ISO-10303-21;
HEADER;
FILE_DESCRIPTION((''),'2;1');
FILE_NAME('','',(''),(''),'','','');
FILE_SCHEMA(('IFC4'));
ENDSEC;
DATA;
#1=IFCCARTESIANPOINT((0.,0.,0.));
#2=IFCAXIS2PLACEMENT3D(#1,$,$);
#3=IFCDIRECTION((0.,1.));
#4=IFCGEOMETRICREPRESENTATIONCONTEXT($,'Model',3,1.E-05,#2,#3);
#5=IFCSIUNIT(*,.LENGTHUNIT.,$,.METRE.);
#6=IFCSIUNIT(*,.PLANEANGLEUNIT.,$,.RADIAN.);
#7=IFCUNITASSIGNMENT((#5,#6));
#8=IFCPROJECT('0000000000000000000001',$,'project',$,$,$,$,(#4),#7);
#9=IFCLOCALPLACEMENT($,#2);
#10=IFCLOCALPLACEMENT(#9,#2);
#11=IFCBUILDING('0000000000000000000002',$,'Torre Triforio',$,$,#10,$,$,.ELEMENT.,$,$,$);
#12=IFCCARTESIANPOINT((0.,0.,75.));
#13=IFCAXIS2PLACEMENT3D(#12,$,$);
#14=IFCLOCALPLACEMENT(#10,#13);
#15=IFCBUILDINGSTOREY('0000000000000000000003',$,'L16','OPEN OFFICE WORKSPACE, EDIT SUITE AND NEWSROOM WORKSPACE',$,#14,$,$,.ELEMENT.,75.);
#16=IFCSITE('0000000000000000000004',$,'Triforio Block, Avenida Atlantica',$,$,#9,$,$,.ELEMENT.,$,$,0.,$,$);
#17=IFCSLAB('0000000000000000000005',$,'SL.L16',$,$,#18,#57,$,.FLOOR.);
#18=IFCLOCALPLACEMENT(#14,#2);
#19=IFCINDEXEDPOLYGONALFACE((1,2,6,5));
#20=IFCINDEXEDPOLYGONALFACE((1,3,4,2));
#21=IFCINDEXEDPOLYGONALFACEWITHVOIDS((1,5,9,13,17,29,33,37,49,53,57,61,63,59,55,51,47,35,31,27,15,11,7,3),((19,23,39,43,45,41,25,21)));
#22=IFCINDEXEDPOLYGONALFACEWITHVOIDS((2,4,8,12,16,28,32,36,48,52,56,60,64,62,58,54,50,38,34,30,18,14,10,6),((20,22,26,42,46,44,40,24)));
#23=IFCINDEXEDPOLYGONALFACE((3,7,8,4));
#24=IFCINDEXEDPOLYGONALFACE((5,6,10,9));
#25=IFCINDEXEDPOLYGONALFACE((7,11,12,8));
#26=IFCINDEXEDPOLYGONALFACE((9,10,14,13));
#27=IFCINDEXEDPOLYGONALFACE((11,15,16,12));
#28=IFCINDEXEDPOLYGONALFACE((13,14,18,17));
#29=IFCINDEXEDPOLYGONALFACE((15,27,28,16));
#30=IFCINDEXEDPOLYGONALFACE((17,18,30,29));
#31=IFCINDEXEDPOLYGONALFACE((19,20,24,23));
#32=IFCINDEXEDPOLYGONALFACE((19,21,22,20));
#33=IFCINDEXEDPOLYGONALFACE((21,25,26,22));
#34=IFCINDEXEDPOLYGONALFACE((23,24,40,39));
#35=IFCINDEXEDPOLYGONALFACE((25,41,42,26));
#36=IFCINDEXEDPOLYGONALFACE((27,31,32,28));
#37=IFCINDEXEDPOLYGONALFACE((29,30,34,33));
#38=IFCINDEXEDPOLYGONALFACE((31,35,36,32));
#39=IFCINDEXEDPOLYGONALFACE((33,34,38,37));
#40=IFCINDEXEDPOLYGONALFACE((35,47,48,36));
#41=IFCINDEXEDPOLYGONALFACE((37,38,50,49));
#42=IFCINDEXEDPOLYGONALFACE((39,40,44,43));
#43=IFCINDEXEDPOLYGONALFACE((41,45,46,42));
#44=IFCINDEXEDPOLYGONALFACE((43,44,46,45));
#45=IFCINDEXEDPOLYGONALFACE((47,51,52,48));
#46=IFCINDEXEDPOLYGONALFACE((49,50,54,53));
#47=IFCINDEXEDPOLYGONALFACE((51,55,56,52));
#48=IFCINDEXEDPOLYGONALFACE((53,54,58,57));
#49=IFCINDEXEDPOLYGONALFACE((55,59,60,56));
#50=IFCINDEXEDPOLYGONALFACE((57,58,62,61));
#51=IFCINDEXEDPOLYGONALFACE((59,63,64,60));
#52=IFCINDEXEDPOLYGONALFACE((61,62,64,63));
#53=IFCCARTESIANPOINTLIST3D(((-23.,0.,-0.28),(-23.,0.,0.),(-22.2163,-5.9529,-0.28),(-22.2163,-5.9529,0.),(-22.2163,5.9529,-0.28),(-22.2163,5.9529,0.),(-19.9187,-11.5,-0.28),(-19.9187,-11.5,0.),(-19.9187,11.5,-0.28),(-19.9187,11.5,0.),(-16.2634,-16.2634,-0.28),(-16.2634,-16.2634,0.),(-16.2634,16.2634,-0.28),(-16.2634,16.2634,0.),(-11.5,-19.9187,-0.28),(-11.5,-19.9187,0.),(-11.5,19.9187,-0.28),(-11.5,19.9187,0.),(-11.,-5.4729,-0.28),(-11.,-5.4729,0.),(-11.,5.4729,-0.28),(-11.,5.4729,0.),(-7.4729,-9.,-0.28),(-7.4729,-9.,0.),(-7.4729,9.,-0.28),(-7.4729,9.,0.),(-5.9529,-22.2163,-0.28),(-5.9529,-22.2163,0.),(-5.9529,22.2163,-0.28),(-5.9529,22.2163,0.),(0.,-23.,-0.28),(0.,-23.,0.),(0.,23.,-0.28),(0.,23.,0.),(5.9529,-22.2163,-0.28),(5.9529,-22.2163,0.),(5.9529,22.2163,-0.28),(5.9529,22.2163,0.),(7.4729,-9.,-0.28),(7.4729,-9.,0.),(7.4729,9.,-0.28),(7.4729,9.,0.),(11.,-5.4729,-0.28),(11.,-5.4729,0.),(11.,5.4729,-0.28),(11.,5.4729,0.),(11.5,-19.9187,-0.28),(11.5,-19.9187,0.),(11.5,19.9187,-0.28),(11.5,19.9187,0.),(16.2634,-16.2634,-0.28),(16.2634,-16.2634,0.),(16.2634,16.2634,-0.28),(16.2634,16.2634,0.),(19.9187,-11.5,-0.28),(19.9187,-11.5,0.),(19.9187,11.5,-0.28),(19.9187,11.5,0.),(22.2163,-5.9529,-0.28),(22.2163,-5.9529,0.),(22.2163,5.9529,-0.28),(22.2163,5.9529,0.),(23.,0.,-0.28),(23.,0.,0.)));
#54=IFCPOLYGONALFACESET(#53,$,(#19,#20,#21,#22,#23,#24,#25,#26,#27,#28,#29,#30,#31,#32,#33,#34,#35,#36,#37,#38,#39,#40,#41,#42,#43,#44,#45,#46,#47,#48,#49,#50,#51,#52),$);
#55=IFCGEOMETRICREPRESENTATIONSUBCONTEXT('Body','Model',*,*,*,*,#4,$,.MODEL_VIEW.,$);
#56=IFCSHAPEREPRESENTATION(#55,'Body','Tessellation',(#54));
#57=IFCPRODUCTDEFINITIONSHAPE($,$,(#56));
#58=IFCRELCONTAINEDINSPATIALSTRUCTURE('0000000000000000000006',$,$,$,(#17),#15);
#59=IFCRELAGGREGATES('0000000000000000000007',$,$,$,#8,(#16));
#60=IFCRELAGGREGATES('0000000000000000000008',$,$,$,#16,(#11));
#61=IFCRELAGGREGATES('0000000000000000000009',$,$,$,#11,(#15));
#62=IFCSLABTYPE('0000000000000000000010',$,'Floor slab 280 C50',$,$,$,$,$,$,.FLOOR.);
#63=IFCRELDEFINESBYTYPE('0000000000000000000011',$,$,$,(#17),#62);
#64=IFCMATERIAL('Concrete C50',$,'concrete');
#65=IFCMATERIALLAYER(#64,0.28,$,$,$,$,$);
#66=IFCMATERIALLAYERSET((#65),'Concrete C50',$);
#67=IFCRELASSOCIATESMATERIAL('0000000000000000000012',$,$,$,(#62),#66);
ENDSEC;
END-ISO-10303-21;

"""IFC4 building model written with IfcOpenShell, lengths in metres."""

from ifc_helpers import new_model, si_unit, direction, frame, origin, place, context, subcontext, project, spatial, polyline, outline, extrude, material, layer, layer_set, type_object, element, save


model = new_model("IFC4")

# Units and contexts
model_context = context("Model", 3, precision=1e-05, world=origin(), true_north=direction((0.0, 1.0)))
body_context = subcontext(model_context, "Body", "Model", "MODEL_VIEW")
ifc_project = project(units=[si_unit("LENGTHUNIT", "METRE"), si_unit("PLANEANGLEUNIT", "RADIAN")], contexts=[model_context])

# Site, building, storey
site_placement = place(None, origin())
site = spatial("IfcSite", under=ifc_project, at=site_placement, Name="Triforio Block, Avenida Atlantica", CompositionType="ELEMENT", RefElevation=0.0)
building_placement = place(site_placement, origin())
building = spatial("IfcBuilding", under=site, at=building_placement, Name="Torre Triforio", CompositionType="ELEMENT")
storey_placement = place(building_placement, frame((0.0, 0.0, 75.0)))
storey = spatial("IfcBuildingStorey", under=building, at=storey_placement, Name="L16", Description="OPEN OFFICE WORKSPACE, EDIT SUITE AND NEWSROOM WORKSPACE", CompositionType="ELEMENT", Elevation=75.0)

# Slab
ifc_material_1 = material(Name="Concrete C50", Category="concrete")
ifc_layer_1 = layer(ifc_material_1, 0.28)
ifc_layer_set_1 = layer_set([ifc_layer_1], Name="Concrete C50")
slab_type_1 = type_object("IfcSlabType", Name="Floor slab 280 C50", PredefinedType="FLOOR", material=ifc_layer_set_1)
slab_1_placement = place(storey_placement, frame((0.0, 0.0, -0.28)))
element("IfcSlab", 1, at=slab_1_placement, inside=storey, type_object=slab_type_1, Name="SL.L16", PredefinedType="FLOOR", context=body_context, shape_type="SweptSolid", body=[
    extrude(outline(polyline([(19.9187, -11.5), (22.2163, -5.9529), (23.0, 0.0), (22.2163, 5.9529), (19.9187, 11.5), (16.2634, 16.2634), (11.5, 19.9187), (5.9529, 22.2163), (0.0, 23.0), (-5.9529, 22.2163), (-11.5, 19.9187), (-16.2634, 16.2634), (-19.9187, 11.5), (-22.2163, 5.9529), (-23.0, 0.0), (-22.2163, -5.9529), (-19.9187, -11.5), (-16.2634, -16.2634), (-11.5, -19.9187), (-5.9529, -22.2163), (0.0, -23.0), (5.9529, -22.2163), (11.5, -19.9187), (16.2634, -16.2634), (19.9187, -11.5)]), holes=[polyline([(11.0, 5.4729), (11.0, -5.4729), (7.4729, -9.0), (-7.4729, -9.0), (-11.0, -5.4729), (-11.0, 5.4729), (-7.4729, 9.0), (7.4729, 9.0), (11.0, 5.4729)])]), origin(), (0.0, 0.0, 1.0), 0.28),
])

save(model, "model.ifc")
